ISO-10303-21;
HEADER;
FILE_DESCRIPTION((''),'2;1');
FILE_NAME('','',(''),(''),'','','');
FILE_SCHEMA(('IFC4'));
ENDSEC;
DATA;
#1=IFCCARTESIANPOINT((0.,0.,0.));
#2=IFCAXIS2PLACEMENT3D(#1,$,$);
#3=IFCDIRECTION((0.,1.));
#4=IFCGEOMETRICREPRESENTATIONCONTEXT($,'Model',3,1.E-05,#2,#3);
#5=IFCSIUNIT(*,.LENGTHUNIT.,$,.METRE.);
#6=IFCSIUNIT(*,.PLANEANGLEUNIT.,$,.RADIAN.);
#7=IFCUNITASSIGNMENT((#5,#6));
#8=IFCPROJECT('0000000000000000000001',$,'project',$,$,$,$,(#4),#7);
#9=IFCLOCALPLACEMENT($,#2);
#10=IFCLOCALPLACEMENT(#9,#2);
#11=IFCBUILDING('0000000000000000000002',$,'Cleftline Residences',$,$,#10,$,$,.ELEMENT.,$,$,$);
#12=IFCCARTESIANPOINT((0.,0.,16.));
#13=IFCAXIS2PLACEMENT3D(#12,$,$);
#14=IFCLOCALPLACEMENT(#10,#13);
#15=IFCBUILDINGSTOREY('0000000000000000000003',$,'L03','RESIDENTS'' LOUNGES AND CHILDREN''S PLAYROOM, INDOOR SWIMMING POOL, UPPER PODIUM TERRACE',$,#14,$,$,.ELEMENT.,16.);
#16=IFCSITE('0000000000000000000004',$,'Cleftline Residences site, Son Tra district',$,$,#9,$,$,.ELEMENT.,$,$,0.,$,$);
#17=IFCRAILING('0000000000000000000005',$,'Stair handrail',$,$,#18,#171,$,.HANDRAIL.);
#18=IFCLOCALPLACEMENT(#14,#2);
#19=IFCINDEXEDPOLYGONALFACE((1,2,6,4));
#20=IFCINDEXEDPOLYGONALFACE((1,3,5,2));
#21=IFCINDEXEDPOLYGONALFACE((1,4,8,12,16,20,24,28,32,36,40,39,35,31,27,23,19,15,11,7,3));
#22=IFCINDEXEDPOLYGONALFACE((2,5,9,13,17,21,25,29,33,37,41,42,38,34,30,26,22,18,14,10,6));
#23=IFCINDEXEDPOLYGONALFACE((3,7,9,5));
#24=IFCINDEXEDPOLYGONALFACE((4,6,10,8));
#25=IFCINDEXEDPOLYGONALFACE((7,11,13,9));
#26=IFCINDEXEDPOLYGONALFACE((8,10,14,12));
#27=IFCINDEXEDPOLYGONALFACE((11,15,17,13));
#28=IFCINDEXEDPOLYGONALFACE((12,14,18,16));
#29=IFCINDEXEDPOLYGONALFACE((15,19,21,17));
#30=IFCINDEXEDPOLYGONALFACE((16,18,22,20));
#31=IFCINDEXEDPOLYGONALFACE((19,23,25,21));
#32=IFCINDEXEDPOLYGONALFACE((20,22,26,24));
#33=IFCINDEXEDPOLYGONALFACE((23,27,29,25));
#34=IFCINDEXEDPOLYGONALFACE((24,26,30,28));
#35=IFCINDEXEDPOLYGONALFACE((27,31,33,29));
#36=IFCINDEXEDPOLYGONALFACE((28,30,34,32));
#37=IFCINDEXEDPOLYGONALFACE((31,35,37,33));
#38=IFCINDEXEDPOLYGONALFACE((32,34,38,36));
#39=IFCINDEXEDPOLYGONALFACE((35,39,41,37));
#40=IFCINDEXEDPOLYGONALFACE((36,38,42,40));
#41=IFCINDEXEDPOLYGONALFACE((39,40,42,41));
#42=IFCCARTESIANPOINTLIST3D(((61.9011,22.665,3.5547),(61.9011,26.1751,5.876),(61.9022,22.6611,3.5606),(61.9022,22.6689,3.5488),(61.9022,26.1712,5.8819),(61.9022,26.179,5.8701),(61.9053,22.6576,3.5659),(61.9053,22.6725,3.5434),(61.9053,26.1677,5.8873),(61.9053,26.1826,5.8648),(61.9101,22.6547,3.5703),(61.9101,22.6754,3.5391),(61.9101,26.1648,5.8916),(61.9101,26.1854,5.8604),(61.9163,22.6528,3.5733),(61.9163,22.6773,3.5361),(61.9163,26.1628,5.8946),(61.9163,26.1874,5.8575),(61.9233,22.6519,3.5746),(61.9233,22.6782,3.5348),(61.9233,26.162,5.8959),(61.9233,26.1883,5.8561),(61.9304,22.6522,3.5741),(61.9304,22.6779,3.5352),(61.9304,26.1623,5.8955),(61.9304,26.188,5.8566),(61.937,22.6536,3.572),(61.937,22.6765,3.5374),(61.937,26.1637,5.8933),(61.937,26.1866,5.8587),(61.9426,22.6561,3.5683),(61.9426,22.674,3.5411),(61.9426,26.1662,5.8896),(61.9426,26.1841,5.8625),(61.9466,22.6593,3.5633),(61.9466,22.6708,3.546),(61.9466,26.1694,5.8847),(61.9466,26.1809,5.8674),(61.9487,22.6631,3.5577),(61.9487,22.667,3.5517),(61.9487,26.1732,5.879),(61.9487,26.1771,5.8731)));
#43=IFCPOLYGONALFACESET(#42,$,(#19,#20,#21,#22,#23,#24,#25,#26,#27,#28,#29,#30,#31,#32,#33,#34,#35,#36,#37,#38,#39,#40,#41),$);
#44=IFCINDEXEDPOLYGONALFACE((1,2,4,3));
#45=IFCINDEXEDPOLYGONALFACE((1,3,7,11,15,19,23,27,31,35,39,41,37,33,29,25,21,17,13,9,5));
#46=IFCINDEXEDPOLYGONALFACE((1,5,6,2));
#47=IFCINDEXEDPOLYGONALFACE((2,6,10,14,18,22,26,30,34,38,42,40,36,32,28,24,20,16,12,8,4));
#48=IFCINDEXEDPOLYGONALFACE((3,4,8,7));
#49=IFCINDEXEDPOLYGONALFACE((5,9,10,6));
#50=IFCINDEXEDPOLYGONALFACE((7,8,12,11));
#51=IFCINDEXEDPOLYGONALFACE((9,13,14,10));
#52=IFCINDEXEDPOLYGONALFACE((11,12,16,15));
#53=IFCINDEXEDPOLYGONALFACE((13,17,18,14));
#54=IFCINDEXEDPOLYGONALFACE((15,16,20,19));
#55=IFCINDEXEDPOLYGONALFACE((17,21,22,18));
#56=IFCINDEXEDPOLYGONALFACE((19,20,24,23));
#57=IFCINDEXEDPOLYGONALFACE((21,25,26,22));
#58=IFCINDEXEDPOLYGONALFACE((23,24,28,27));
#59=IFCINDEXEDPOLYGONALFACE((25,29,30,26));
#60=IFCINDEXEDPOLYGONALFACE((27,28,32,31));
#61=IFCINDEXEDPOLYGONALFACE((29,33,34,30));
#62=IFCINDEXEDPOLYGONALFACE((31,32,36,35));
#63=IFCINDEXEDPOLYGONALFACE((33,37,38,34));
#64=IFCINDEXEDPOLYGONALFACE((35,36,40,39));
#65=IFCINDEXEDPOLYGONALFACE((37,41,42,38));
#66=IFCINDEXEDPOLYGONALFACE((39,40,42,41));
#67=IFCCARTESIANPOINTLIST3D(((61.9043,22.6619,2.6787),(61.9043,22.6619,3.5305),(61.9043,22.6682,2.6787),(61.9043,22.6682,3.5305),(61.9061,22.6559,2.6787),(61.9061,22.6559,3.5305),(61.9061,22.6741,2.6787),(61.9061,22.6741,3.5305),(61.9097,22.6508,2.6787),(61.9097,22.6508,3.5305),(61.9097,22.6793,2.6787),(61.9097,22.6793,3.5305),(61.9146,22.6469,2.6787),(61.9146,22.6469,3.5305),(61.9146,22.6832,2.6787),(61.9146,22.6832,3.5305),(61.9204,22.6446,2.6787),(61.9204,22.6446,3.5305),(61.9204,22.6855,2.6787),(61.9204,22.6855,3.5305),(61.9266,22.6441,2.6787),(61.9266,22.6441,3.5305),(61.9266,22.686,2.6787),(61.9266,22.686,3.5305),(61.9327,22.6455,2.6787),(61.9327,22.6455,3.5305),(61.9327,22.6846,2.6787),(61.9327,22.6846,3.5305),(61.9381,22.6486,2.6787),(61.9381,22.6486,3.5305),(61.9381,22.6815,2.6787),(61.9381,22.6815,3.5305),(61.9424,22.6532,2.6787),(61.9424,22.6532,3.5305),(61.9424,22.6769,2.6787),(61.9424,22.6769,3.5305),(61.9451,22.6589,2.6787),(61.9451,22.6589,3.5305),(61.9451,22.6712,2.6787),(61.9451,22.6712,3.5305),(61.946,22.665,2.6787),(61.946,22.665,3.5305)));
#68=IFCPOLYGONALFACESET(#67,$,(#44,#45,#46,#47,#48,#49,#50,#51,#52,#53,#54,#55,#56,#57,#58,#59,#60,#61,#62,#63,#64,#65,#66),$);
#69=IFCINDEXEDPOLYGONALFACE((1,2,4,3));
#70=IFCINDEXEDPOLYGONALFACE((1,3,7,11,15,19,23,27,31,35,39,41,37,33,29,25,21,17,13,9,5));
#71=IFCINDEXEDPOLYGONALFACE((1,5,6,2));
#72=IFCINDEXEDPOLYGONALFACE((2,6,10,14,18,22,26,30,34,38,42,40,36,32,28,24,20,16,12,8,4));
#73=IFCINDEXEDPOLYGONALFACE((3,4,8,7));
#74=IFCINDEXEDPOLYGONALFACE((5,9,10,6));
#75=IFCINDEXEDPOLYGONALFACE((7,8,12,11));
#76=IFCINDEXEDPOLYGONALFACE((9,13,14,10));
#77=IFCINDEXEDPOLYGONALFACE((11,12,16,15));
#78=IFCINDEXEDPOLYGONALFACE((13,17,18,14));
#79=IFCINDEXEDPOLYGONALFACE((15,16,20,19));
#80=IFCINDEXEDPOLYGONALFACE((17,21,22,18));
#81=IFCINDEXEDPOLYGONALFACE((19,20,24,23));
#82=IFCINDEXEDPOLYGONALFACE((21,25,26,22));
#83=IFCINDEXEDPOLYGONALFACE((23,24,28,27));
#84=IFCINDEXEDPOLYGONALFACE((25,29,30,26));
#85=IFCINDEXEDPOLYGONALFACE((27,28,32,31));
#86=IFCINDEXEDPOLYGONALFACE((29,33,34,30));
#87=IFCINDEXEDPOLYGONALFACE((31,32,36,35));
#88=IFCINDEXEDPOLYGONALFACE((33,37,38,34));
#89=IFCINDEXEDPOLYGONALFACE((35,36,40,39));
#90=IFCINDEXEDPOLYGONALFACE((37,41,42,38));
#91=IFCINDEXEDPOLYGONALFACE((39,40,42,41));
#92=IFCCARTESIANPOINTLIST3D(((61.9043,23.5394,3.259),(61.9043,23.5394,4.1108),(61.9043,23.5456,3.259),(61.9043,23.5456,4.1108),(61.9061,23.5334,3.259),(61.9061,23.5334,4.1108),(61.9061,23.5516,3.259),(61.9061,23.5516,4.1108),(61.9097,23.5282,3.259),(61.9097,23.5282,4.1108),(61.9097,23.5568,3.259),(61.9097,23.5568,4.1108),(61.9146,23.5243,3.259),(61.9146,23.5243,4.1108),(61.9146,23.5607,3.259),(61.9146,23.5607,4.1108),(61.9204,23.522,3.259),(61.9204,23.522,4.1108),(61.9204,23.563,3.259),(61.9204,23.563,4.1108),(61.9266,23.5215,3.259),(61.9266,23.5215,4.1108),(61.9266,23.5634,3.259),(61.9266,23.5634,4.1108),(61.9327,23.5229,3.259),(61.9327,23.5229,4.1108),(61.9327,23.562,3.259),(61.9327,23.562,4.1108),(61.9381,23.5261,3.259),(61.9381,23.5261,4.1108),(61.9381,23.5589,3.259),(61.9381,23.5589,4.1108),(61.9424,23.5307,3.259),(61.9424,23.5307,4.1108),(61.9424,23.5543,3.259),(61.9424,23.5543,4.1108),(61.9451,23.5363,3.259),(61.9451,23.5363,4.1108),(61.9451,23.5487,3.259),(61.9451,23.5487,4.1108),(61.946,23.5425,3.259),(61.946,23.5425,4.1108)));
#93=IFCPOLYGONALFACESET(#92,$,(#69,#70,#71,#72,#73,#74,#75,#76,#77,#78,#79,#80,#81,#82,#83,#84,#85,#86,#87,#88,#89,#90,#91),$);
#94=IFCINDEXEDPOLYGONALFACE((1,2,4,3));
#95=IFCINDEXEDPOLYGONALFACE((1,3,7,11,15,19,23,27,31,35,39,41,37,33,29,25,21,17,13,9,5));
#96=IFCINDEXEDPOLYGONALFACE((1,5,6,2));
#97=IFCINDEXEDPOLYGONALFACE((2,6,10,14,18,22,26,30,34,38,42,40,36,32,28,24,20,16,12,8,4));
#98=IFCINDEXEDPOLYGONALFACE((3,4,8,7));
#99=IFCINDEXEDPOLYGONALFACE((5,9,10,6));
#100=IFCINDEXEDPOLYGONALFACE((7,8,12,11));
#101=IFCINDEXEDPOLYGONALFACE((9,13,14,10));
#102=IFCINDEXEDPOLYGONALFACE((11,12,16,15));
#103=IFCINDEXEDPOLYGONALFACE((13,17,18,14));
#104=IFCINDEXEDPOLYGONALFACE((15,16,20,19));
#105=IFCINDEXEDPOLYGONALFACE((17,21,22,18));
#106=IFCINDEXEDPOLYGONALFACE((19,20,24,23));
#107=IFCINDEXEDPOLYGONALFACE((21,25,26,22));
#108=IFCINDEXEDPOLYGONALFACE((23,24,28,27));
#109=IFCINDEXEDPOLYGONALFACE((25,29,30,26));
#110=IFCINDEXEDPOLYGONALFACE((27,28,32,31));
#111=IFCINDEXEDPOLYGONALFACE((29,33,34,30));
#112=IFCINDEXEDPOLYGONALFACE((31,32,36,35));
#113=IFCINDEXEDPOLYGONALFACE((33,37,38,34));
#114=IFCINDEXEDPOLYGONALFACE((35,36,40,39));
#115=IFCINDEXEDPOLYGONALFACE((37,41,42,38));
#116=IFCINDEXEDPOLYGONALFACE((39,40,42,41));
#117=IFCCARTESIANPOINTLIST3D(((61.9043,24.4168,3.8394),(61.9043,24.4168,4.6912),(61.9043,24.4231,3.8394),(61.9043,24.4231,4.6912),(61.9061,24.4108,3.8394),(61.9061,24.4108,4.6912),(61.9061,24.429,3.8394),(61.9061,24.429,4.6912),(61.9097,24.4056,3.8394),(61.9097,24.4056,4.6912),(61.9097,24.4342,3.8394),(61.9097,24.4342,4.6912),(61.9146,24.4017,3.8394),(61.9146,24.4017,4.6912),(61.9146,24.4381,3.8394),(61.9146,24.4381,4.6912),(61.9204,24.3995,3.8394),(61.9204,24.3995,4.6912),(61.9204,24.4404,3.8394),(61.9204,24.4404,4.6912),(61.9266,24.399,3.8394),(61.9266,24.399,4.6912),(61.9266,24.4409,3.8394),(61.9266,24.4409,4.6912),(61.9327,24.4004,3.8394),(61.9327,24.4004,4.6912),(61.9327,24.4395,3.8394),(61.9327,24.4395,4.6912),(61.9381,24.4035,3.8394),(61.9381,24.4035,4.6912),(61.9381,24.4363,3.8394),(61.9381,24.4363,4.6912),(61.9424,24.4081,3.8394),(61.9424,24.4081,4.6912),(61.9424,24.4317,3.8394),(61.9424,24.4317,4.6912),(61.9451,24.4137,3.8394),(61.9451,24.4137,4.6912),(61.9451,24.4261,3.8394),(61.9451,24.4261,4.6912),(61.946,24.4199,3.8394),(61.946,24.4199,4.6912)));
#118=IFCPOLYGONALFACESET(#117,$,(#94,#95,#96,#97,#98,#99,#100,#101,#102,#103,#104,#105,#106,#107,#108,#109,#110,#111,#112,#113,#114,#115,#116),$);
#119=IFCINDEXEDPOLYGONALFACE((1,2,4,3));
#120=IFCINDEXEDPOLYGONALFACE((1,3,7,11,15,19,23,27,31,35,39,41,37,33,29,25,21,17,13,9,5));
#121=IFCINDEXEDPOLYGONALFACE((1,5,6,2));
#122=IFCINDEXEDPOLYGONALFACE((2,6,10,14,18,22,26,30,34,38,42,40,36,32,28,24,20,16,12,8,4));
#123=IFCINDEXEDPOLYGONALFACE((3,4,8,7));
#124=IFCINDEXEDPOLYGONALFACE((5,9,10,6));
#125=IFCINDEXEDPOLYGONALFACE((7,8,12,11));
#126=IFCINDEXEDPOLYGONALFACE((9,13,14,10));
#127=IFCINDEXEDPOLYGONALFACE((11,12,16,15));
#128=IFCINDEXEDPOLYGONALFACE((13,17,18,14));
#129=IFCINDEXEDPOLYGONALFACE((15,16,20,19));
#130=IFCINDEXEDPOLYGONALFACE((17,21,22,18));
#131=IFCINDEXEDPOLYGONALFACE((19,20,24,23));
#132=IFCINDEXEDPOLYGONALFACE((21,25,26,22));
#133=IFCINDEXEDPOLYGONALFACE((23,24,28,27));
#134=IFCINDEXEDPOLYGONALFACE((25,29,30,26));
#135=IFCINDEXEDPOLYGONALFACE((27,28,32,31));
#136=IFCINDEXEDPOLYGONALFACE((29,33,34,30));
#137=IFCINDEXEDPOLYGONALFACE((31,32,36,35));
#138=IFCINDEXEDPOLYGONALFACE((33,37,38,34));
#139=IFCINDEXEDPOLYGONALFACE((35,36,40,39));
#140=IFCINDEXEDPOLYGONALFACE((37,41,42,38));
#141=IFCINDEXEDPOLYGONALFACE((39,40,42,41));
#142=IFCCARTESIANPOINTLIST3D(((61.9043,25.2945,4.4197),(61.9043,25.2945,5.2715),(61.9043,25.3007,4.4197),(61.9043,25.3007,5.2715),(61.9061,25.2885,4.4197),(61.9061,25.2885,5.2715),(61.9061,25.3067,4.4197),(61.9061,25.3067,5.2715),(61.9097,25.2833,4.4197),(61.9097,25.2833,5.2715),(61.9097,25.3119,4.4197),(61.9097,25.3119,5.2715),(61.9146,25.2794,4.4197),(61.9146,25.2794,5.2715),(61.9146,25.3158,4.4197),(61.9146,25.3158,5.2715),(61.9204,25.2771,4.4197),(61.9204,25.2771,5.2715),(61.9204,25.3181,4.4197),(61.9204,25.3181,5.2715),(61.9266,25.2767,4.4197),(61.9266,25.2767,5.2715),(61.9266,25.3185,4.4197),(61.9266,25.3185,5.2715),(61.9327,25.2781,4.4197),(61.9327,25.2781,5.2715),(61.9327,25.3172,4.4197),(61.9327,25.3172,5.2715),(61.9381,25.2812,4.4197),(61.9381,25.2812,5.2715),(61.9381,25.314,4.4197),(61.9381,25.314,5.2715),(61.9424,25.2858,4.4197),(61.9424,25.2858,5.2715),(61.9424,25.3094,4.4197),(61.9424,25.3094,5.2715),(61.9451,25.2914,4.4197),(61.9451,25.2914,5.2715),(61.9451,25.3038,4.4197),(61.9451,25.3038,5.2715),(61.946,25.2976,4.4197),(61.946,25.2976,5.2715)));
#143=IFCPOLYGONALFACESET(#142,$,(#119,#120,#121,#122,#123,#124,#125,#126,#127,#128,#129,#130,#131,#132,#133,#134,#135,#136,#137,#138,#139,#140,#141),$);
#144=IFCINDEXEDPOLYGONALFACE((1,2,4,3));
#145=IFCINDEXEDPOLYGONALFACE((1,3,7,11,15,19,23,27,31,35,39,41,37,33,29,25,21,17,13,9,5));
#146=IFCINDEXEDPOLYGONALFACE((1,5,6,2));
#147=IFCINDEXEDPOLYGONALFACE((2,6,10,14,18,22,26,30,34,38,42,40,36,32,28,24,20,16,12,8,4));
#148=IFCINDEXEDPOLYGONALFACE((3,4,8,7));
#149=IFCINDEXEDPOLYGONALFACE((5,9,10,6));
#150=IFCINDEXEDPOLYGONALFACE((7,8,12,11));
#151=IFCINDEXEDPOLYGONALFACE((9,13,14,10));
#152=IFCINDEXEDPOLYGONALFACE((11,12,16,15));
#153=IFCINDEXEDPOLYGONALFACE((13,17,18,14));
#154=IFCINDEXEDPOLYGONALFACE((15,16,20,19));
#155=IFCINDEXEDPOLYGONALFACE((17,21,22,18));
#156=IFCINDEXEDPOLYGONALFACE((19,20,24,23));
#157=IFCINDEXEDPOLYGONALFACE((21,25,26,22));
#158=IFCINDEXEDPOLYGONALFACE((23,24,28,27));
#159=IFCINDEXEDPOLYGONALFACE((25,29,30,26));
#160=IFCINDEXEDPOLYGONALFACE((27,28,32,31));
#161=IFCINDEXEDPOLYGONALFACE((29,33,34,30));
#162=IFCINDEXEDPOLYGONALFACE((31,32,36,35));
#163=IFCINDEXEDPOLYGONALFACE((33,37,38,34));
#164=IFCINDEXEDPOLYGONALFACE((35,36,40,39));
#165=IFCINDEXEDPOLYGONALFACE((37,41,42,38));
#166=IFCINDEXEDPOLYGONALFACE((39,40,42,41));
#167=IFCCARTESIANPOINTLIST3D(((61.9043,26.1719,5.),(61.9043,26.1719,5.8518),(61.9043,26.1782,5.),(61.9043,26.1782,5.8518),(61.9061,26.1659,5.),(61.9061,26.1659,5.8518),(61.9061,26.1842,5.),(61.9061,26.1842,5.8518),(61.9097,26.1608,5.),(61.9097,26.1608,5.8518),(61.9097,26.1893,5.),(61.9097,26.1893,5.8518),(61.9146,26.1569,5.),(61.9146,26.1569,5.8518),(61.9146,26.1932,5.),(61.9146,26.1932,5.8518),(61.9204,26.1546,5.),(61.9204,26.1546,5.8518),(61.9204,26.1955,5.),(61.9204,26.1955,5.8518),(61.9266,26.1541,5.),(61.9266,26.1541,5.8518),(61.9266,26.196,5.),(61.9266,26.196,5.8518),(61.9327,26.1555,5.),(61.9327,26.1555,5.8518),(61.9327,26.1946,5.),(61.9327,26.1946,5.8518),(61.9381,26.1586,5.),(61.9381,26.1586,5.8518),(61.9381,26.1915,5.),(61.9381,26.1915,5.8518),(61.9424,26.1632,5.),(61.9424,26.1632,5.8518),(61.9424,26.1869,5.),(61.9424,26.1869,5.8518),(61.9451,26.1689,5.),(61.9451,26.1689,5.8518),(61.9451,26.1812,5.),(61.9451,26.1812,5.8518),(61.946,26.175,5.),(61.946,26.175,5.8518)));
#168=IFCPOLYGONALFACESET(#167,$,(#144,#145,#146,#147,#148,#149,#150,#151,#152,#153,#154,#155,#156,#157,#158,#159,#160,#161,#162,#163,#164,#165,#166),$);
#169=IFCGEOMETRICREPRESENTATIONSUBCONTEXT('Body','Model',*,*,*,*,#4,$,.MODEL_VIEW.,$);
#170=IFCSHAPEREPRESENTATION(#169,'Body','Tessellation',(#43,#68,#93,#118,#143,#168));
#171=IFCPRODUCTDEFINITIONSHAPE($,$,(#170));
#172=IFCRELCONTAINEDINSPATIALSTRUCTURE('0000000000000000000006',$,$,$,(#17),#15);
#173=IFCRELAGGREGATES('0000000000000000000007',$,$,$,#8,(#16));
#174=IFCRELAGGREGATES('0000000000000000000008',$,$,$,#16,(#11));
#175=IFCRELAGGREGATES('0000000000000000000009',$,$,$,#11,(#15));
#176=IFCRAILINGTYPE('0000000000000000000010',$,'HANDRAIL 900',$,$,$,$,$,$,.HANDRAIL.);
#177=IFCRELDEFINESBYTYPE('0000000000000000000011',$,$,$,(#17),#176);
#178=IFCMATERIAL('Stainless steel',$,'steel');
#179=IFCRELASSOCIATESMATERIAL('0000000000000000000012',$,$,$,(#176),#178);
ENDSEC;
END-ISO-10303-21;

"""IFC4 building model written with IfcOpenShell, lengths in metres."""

from ifc_helpers import new_model, si_unit, direction, frame, origin, origin_2d, place, context, subcontext, project, spatial, circle, extrude, material, type_object, element, save


model = new_model("IFC4")

# Units and contexts
model_context = context("Model", 3, precision=1e-05, world=origin(), true_north=direction((0.0, 1.0)))
body_context = subcontext(model_context, "Body", "Model", "MODEL_VIEW")
ifc_project = project(units=[si_unit("LENGTHUNIT", "METRE"), si_unit("PLANEANGLEUNIT", "RADIAN")], contexts=[model_context])

# Site, building, storey
site_placement = place(None, origin())
site = spatial("IfcSite", under=ifc_project, at=site_placement, Name="Cleftline Residences site, Son Tra district", CompositionType="ELEMENT", RefElevation=0.0)
building_placement = place(site_placement, origin())
building = spatial("IfcBuilding", under=site, at=building_placement, Name="Cleftline Residences", CompositionType="ELEMENT")
storey_placement = place(building_placement, frame((0.0, 0.0, 16.0)))
storey = spatial("IfcBuildingStorey", under=building, at=storey_placement, Name="L03", Description="RESIDENTS' LOUNGES AND CHILDREN'S PLAYROOM, INDOOR SWIMMING POOL, UPPER PODIUM TERRACE", CompositionType="ELEMENT", Elevation=16.0)

# Railing
ifc_material_1 = material(Name="Stainless steel", Category="steel")
railing_type = type_object("IfcRailingType", Name="HANDRAIL 900", PredefinedType="HANDRAIL", material=ifc_material_1)
railing_1_placement = place(storey_placement, frame((61.925, 22.665, 2.6787)))
element("IfcRailing", 1, at=railing_1_placement, inside=storey, type_object=railing_type, Name="Stair handrail", PredefinedType="HANDRAIL", context=body_context, shape_type="SweptSolid", body=[
    extrude(circle(Radius=0.0239, at=origin_2d()), frame((0.0, 0.0, 0.876), z_axis=(0.0, 0.834097, 0.551617), x_axis=(-1.0, 0.0, 0.0)), (0.0, 0.0, 1.0), 4.2083),
    extrude(circle(Radius=0.021, at=origin_2d()), origin(), (0.0, 0.0, 1.0), 0.8518),
    extrude(circle(Radius=0.021, at=origin_2d()), frame((0.0, 0.8774, 0.5803)), (0.0, 0.0, 1.0), 0.8518),
    extrude(circle(Radius=0.021, at=origin_2d()), frame((0.0, 1.7549, 1.1606)), (0.0, 0.0, 1.0), 0.8518),
    extrude(circle(Radius=0.021, at=origin_2d()), frame((0.0, 2.6326, 1.741)), (0.0, 0.0, 1.0), 0.8518),
    extrude(circle(Radius=0.021, at=origin_2d()), frame((0.0, 3.51, 2.3213)), (0.0, 0.0, 1.0), 0.8518),
])

save(model, "model.ifc")
